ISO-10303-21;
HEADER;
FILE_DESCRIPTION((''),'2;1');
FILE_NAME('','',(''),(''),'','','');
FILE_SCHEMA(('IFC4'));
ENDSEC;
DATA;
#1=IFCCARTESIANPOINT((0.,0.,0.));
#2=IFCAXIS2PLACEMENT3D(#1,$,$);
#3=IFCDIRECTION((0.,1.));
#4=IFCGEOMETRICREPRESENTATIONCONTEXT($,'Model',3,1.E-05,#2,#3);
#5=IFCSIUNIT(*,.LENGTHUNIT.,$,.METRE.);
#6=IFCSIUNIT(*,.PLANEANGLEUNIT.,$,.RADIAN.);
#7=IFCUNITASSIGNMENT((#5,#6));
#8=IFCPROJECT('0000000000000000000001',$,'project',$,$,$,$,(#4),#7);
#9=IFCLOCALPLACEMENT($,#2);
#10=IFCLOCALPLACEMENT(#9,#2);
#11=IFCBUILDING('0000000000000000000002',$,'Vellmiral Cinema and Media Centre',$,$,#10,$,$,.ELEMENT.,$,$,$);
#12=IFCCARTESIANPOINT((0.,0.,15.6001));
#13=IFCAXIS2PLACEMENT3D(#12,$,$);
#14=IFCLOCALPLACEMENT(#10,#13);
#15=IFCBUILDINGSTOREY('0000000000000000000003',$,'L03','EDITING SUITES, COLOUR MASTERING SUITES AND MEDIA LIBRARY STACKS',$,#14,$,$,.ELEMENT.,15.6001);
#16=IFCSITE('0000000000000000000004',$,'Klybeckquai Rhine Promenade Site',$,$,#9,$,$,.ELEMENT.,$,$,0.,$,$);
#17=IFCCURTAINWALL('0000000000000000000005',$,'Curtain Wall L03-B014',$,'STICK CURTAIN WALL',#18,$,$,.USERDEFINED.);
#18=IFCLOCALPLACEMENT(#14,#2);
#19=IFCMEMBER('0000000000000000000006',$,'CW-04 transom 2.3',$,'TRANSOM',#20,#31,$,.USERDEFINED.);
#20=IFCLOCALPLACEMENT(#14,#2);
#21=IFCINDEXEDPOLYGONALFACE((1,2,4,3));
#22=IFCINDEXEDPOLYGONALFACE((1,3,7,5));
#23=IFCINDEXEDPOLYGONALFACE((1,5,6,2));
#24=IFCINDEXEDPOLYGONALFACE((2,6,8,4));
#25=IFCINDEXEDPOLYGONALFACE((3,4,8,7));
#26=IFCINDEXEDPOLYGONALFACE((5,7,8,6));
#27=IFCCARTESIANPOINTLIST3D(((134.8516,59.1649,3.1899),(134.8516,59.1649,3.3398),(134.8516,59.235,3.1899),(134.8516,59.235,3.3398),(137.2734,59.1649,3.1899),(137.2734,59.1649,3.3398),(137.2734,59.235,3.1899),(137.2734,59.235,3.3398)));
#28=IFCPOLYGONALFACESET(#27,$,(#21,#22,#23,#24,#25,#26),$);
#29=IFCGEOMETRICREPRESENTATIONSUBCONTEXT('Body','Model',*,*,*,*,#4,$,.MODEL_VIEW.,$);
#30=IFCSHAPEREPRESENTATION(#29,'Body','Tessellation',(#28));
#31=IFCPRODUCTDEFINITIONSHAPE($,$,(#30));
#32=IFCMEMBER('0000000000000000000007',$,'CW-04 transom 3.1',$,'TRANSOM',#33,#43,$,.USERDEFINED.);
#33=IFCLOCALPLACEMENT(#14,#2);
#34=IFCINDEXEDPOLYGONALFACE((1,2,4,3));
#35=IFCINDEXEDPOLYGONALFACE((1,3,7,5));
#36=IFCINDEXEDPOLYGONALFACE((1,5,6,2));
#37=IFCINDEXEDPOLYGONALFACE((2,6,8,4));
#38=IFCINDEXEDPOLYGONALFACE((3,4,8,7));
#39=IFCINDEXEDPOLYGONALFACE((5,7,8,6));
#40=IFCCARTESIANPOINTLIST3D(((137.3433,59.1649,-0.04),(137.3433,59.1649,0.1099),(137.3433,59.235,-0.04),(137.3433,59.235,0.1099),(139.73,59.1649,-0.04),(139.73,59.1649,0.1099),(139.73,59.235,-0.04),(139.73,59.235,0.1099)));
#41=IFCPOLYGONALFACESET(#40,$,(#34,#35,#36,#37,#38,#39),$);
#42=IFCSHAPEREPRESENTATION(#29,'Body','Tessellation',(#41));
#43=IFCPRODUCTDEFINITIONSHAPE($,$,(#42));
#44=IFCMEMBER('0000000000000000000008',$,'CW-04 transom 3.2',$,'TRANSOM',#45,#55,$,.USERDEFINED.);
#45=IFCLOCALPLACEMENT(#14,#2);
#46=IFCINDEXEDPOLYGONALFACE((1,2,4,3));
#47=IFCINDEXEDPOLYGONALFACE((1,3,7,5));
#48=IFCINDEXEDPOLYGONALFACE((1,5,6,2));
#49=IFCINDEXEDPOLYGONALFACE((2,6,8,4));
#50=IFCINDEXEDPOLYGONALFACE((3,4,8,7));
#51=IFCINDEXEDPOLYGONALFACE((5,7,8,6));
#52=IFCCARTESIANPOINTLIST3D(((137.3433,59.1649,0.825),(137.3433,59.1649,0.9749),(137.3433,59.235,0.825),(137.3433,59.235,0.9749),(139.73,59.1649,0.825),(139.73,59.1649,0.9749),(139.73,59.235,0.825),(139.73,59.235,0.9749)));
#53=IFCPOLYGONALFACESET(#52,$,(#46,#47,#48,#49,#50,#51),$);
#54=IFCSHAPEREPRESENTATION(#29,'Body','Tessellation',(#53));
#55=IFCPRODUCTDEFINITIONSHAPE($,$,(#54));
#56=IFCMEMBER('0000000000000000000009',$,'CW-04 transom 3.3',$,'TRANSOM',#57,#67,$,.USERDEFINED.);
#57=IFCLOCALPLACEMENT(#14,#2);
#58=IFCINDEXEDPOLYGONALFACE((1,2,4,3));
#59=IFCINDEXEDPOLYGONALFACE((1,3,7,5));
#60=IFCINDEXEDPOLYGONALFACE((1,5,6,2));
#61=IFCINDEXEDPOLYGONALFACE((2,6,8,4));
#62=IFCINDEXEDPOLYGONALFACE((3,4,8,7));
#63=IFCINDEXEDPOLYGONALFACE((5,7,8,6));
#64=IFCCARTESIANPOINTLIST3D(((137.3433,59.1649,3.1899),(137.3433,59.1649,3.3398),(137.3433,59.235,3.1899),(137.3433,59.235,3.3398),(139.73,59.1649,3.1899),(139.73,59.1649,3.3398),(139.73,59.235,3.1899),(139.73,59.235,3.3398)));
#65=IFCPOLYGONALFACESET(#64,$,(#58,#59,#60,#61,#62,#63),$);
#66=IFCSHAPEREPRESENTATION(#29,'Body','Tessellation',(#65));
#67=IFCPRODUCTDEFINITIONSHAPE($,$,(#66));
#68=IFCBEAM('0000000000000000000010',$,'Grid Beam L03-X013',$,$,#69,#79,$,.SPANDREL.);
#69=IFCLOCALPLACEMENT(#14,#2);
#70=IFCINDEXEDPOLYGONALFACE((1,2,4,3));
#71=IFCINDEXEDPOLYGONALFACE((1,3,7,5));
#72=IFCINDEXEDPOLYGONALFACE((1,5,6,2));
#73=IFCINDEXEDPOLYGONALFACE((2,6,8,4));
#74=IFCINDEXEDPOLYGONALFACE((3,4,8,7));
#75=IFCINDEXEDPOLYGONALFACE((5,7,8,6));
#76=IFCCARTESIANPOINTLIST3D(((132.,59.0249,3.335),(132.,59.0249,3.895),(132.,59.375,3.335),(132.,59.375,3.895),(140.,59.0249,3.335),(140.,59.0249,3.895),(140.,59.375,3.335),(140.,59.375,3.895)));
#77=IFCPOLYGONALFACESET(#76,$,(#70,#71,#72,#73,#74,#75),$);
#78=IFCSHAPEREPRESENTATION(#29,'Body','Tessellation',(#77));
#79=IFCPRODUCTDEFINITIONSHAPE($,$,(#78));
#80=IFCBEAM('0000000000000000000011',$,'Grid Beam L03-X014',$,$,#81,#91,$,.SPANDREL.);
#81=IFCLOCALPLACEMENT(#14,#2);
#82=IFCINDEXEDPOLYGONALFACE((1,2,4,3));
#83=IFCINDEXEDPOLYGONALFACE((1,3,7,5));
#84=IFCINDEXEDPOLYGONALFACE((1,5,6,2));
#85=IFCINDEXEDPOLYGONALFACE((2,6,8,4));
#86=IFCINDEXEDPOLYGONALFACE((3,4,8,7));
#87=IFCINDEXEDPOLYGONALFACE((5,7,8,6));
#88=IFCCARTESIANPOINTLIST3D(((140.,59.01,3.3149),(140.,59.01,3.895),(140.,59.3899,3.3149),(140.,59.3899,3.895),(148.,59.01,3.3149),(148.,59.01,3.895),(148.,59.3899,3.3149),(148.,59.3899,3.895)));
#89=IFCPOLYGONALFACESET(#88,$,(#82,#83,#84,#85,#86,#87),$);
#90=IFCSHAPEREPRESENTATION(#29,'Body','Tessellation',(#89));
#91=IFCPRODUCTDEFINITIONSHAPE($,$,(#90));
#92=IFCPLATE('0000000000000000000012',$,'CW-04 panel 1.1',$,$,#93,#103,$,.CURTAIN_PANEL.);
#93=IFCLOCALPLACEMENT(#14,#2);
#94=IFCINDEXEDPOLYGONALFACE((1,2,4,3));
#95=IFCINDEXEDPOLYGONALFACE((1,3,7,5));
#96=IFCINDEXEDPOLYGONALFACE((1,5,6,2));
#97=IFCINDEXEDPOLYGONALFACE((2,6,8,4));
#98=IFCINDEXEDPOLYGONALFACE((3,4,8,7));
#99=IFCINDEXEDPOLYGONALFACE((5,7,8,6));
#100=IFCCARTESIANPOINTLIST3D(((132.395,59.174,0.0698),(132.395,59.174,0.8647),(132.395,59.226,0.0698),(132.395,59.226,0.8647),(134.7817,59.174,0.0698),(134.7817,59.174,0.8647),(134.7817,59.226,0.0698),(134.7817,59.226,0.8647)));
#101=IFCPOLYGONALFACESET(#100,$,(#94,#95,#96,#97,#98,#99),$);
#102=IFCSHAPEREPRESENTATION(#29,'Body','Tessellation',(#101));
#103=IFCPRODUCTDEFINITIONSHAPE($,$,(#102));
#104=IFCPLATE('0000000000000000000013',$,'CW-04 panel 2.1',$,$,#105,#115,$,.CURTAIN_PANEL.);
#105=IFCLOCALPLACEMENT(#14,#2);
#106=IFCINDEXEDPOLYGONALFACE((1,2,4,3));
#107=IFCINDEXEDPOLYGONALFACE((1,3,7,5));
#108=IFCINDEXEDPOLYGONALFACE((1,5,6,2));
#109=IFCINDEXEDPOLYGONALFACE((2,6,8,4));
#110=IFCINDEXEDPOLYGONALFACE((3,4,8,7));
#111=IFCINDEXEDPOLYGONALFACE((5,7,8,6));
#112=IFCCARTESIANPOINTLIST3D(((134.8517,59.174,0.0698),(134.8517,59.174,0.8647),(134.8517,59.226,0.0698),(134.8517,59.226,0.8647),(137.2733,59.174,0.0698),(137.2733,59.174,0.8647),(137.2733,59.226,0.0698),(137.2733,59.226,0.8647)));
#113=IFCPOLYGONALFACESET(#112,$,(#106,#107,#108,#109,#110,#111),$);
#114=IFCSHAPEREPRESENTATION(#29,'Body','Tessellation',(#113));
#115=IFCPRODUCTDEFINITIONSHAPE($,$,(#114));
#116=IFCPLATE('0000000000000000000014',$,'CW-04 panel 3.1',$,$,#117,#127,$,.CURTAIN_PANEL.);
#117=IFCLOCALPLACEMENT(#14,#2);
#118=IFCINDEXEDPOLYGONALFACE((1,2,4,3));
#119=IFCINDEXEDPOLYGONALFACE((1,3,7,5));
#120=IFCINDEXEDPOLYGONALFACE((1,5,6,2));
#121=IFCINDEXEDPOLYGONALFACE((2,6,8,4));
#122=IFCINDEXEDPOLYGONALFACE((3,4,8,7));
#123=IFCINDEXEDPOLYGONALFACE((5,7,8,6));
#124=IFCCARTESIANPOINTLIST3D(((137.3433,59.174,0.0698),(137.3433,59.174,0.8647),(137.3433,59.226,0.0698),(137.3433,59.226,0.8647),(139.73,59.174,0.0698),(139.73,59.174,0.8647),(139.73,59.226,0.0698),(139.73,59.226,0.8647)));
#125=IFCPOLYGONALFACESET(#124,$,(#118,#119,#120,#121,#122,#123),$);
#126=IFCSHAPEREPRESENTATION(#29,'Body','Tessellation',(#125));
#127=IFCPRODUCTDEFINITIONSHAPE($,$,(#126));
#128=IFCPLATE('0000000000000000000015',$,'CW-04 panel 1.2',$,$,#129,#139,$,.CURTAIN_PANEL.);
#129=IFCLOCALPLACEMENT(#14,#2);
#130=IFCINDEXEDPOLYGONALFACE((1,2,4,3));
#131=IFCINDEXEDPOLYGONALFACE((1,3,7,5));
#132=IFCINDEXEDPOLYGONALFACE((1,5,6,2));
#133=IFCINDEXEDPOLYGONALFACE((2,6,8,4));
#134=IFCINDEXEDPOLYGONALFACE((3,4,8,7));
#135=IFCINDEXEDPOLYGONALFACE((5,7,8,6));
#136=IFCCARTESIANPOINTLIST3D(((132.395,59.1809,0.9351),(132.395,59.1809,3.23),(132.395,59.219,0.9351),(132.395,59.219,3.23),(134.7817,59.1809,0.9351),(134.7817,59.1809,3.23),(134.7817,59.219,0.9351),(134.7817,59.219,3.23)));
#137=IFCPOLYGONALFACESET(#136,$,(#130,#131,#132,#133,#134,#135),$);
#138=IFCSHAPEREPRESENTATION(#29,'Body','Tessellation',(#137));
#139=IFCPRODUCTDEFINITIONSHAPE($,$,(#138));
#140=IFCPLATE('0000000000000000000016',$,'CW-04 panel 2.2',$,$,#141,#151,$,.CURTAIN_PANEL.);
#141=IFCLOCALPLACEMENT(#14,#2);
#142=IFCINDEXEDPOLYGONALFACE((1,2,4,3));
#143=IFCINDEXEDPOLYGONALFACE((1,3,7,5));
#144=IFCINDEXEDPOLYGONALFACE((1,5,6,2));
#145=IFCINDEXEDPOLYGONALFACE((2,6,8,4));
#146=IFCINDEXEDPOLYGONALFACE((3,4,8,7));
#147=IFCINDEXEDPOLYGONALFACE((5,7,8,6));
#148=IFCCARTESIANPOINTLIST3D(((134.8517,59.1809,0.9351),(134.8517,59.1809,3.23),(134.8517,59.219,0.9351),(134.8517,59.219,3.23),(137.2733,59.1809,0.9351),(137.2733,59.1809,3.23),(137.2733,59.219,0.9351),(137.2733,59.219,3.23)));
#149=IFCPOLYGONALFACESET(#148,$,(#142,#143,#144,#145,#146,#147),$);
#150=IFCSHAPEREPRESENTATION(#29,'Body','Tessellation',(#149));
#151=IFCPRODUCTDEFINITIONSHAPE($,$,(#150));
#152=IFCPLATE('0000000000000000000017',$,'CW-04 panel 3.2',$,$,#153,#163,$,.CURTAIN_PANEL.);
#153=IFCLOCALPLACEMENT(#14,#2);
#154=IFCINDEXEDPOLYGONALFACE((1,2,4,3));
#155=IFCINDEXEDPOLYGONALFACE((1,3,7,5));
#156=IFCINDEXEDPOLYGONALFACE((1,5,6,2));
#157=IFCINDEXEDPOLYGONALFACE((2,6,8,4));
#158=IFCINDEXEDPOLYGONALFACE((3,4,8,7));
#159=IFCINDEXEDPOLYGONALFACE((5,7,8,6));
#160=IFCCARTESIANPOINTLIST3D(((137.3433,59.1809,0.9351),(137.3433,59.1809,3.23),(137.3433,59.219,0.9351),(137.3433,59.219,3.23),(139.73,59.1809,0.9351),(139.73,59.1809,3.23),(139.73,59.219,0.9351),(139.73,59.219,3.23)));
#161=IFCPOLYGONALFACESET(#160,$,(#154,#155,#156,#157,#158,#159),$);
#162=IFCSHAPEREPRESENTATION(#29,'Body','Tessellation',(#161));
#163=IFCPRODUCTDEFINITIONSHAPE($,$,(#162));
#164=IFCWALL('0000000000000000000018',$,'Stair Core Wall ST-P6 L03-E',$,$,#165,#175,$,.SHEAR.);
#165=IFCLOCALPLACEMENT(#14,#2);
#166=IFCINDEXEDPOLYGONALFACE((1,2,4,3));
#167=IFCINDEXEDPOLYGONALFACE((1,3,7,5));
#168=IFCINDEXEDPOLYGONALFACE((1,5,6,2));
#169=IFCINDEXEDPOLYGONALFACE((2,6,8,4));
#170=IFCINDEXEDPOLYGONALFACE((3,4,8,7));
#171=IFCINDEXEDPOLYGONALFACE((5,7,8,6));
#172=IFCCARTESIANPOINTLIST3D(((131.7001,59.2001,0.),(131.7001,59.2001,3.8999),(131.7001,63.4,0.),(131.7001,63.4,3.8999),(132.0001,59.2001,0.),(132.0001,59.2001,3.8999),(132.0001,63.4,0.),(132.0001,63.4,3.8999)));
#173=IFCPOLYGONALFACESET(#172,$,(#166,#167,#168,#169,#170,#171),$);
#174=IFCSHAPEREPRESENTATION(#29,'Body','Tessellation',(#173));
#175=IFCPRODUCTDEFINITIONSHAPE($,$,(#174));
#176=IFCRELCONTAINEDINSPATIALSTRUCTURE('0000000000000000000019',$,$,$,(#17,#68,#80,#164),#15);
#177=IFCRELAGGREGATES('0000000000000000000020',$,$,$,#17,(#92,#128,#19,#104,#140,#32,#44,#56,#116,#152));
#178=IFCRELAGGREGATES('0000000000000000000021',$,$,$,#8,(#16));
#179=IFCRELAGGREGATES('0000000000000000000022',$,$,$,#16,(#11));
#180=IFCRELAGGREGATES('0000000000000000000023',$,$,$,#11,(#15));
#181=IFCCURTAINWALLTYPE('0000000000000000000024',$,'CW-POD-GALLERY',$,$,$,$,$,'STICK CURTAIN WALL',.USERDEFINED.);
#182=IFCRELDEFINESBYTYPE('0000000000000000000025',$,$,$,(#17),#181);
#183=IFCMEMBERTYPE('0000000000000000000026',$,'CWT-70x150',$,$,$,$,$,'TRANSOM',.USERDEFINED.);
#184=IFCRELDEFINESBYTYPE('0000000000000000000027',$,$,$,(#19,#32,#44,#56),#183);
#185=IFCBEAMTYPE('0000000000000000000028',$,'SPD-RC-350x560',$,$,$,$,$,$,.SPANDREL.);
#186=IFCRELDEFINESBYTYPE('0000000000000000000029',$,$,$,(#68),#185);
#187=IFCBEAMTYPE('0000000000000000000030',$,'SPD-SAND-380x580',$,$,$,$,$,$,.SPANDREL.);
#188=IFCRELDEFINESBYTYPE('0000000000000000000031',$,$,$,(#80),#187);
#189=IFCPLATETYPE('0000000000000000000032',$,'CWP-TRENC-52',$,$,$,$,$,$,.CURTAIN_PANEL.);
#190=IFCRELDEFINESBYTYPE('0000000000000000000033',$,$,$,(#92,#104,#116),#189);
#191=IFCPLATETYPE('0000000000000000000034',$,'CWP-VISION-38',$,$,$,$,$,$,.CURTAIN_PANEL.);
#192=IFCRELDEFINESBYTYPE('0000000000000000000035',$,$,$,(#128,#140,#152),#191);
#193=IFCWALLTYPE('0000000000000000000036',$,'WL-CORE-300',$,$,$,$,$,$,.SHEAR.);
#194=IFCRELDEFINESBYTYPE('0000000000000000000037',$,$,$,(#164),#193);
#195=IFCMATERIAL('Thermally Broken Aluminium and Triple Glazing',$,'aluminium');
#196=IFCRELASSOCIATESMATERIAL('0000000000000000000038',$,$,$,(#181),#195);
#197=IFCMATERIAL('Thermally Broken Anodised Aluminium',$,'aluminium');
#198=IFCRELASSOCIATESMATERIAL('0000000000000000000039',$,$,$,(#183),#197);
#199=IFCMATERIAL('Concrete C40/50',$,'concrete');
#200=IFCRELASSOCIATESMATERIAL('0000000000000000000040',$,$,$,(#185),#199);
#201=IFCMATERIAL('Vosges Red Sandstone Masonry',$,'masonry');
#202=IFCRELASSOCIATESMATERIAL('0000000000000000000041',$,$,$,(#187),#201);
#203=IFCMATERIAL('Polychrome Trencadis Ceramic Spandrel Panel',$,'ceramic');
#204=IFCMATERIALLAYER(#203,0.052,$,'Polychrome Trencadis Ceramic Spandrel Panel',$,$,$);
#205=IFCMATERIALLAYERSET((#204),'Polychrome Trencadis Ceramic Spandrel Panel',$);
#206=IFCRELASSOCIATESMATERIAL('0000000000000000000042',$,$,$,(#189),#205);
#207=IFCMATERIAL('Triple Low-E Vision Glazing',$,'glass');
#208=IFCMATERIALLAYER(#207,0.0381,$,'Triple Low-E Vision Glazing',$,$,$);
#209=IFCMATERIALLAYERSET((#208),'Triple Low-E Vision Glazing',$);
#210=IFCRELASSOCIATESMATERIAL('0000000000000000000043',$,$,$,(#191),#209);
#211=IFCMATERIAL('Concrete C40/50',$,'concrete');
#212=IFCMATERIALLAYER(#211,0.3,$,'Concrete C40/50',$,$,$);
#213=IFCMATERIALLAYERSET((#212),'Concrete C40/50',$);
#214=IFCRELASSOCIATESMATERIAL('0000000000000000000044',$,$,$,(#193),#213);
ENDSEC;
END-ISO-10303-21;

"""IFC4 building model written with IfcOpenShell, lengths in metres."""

from ifc_helpers import new_model, si_unit, direction, frame, frame_2d, origin, origin_2d, place, context, subcontext, project, spatial, rectangle, extrude, material, layer, layer_set, material_profile, profile_set, type_object, element, aggregate, save


model = new_model("IFC4")

# Units and contexts
model_context = context("Model", 3, precision=1e-05, world=origin(), true_north=direction((0.0, 1.0)))
body_context = subcontext(model_context, "Body", "Model", "MODEL_VIEW")
ifc_project = project(units=[si_unit("LENGTHUNIT", "METRE"), si_unit("PLANEANGLEUNIT", "RADIAN")], contexts=[model_context])

# Site, building, storey
site_placement = place(None, origin())
site = spatial("IfcSite", under=ifc_project, at=site_placement, Name="Klybeckquai Rhine Promenade Site", CompositionType="ELEMENT", RefElevation=0.0)
building_placement = place(site_placement, origin())
building = spatial("IfcBuilding", under=site, at=building_placement, Name="Vellmiral Cinema and Media Centre", CompositionType="ELEMENT")
storey_placement = place(building_placement, frame((0.0, 0.0, 15.6001)))
storey = spatial("IfcBuildingStorey", under=building, at=storey_placement, Name="L03", Description="EDITING SUITES, COLOUR MASTERING SUITES AND MEDIA LIBRARY STACKS", CompositionType="ELEMENT", Elevation=15.6001)

# Curtain wall, members
ifc_material_1 = material(Name="Thermally Broken Aluminium and Triple Glazing", Category="aluminium")
curtain_wall_type = type_object("IfcCurtainWallType", Name="CW-POD-GALLERY", ElementType="STICK CURTAIN WALL", PredefinedType="USERDEFINED", material=ifc_material_1)
curtain_wall_placement = place(storey_placement, origin())
curtain_wall = element("IfcCurtainWall", 1, at=curtain_wall_placement, inside=storey, type_object=curtain_wall_type, Name="Curtain Wall L03-B014", ObjectType="STICK CURTAIN WALL", PredefinedType="USERDEFINED")
ifc_material_2 = material(Name="Thermally Broken Anodised Aluminium", Category="aluminium")
ifc_material_profile_1 = material_profile(ifc_material_2, rectangle(XDim=0.0701, YDim=0.1499, at=origin_2d()), Name="MULL 70x150")
ifc_profile_set_1 = profile_set([ifc_material_profile_1], Name="Thermally Broken Anodised Aluminium")
member_type_1 = type_object("IfcMemberType", Name="CWT-70x150", ElementType="TRANSOM", PredefinedType="USERDEFINED", material=ifc_profile_set_1)
member_1_placement = place(storey_placement, frame((134.8516, 59.2, 3.2649), z_axis=(1.0, 0.0, 0.0), x_axis=(0.0, 1.0, 0.0)))
member_1 = element("IfcMember", 2, at=member_1_placement, type_object=member_type_1, Name="CW-04 transom 2.3", ObjectType="TRANSOM", PredefinedType="USERDEFINED", context=body_context, shape_type="SweptSolid", body=[
    extrude(rectangle(XDim=0.0701, YDim=0.1499, at=origin_2d()), origin(), (0.0, 0.0, 1.0), 2.4219),
])
member_2_placement = place(storey_placement, frame((137.3433, 59.2, 0.0349), z_axis=(1.0, 0.0, 0.0), x_axis=(0.0, 1.0, 0.0)))
member_2 = element("IfcMember", 3, at=member_2_placement, type_object=member_type_1, Name="CW-04 transom 3.1", ObjectType="TRANSOM", PredefinedType="USERDEFINED", context=body_context, shape_type="SweptSolid", body=[
    extrude(rectangle(XDim=0.0701, YDim=0.1499, at=origin_2d()), origin(), (0.0, 0.0, 1.0), 2.3867),
])
member_3_placement = place(storey_placement, frame((137.3433, 59.2, 0.8999), z_axis=(1.0, 0.0, 0.0), x_axis=(0.0, 1.0, 0.0)))
member_3 = element("IfcMember", 4, at=member_3_placement, type_object=member_type_1, Name="CW-04 transom 3.2", ObjectType="TRANSOM", PredefinedType="USERDEFINED", context=body_context, shape_type="SweptSolid", body=[
    extrude(rectangle(XDim=0.0701, YDim=0.1499, at=origin_2d()), origin(), (0.0, 0.0, 1.0), 2.3867),
])
member_4_placement = place(storey_placement, frame((137.3433, 59.2, 3.2649), z_axis=(1.0, 0.0, 0.0), x_axis=(0.0, 1.0, 0.0)))
member_4 = element("IfcMember", 5, at=member_4_placement, type_object=member_type_1, Name="CW-04 transom 3.3", ObjectType="TRANSOM", PredefinedType="USERDEFINED", context=body_context, shape_type="SweptSolid", body=[
    extrude(rectangle(XDim=0.0701, YDim=0.1499, at=origin_2d()), origin(), (0.0, 0.0, 1.0), 2.3867),
])

# Beams
ifc_material_3 = material(Name="Concrete C40/50", Category="concrete")
ifc_material_profile_2 = material_profile(ifc_material_3, rectangle(XDim=0.3501, YDim=0.5601, at=origin_2d()), Name="RC 350x560")
ifc_profile_set_2 = profile_set([ifc_material_profile_2], Name="Concrete C40/50")
beam_type_1 = type_object("IfcBeamType", Name="SPD-RC-350x560", PredefinedType="SPANDREL", material=ifc_profile_set_2)
beam_1_placement = place(storey_placement, frame((132.0, 59.2, 3.615), z_axis=(1.0, 0.0, 0.0), x_axis=(0.0, 1.0, 0.0)))
element("IfcBeam", 6, at=beam_1_placement, inside=storey, type_object=beam_type_1, Name="Grid Beam L03-X013", PredefinedType="SPANDREL", context=body_context, shape_type="SweptSolid", body=[
    extrude(rectangle(XDim=0.3501, YDim=0.5601, at=origin_2d()), origin(), (0.0, 0.0, 1.0), 8.0),
])
ifc_material_4 = material(Name="Vosges Red Sandstone Masonry", Category="masonry")
ifc_material_profile_3 = material_profile(ifc_material_4, rectangle(XDim=0.3799, YDim=0.5801, at=origin_2d()), Name="SAND 380x580")
ifc_profile_set_3 = profile_set([ifc_material_profile_3], Name="Vosges Red Sandstone Masonry")
beam_type_2 = type_object("IfcBeamType", Name="SPD-SAND-380x580", PredefinedType="SPANDREL", material=ifc_profile_set_3)
beam_2_placement = place(storey_placement, frame((140.0, 59.2, 3.605), z_axis=(1.0, 0.0, 0.0), x_axis=(0.0, 1.0, 0.0)))
element("IfcBeam", 7, at=beam_2_placement, inside=storey, type_object=beam_type_2, Name="Grid Beam L03-X014", PredefinedType="SPANDREL", context=body_context, shape_type="SweptSolid", body=[
    extrude(rectangle(XDim=0.3799, YDim=0.5801, at=origin_2d()), origin(), (0.0, 0.0, 1.0), 8.0),
])

# Plates
ifc_material_5 = material(Name="Polychrome Trencadis Ceramic Spandrel Panel", Category="ceramic")
ifc_layer_1 = layer(ifc_material_5, 0.052, Name="Polychrome Trencadis Ceramic Spandrel Panel")
ifc_layer_set_1 = layer_set([ifc_layer_1], Name="Polychrome Trencadis Ceramic Spandrel Panel")
plate_type_1 = type_object("IfcPlateType", Name="CWP-TRENC-52", PredefinedType="CURTAIN_PANEL", material=ifc_layer_set_1)
plate_1_placement = place(storey_placement, frame((133.5884, 59.2, 0.0698), z_axis=(0.0, 0.0, 1.0), x_axis=(1.0, 0.0, 0.0)))
plate_1 = element("IfcPlate", 8, at=plate_1_placement, type_object=plate_type_1, Name="CW-04 panel 1.1", PredefinedType="CURTAIN_PANEL", context=body_context, shape_type="SweptSolid", body=[
    extrude(rectangle(XDim=2.3867, YDim=0.052, at=origin_2d()), origin(), (0.0, 0.0, 1.0), 0.7949),
])
plate_2_placement = place(storey_placement, frame((136.0625, 59.2, 0.0698), z_axis=(0.0, 0.0, 1.0), x_axis=(1.0, 0.0, 0.0)))
plate_2 = element("IfcPlate", 9, at=plate_2_placement, type_object=plate_type_1, Name="CW-04 panel 2.1", PredefinedType="CURTAIN_PANEL", context=body_context, shape_type="SweptSolid", body=[
    extrude(rectangle(XDim=2.4216, YDim=0.052, at=origin_2d()), origin(), (0.0, 0.0, 1.0), 0.7949),
])
plate_3_placement = place(storey_placement, frame((138.5366, 59.2, 0.0698), z_axis=(0.0, 0.0, 1.0), x_axis=(1.0, 0.0, 0.0)))
plate_3 = element("IfcPlate", 10, at=plate_3_placement, type_object=plate_type_1, Name="CW-04 panel 3.1", PredefinedType="CURTAIN_PANEL", context=body_context, shape_type="SweptSolid", body=[
    extrude(rectangle(XDim=2.3867, YDim=0.052, at=origin_2d()), origin(), (0.0, 0.0, 1.0), 0.7949),
])
ifc_material_6 = material(Name="Triple Low-E Vision Glazing", Category="glass")
ifc_layer_2 = layer(ifc_material_6, 0.0381, Name="Triple Low-E Vision Glazing")
ifc_layer_set_2 = layer_set([ifc_layer_2], Name="Triple Low-E Vision Glazing")
plate_type_2 = type_object("IfcPlateType", Name="CWP-VISION-38", PredefinedType="CURTAIN_PANEL", material=ifc_layer_set_2)
plate_4_placement = place(storey_placement, frame((133.5884, 59.2, 0.9351), z_axis=(0.0, 0.0, 1.0), x_axis=(1.0, 0.0, 0.0)))
plate_4 = element("IfcPlate", 11, at=plate_4_placement, type_object=plate_type_2, Name="CW-04 panel 1.2", PredefinedType="CURTAIN_PANEL", context=body_context, shape_type="SweptSolid", body=[
    extrude(rectangle(XDim=2.3867, YDim=0.0381, at=origin_2d()), origin(), (0.0, 0.0, 1.0), 2.2949),
])
plate_5_placement = place(storey_placement, frame((136.0625, 59.2, 0.9351), z_axis=(0.0, 0.0, 1.0), x_axis=(1.0, 0.0, 0.0)))
plate_5 = element("IfcPlate", 12, at=plate_5_placement, type_object=plate_type_2, Name="CW-04 panel 2.2", PredefinedType="CURTAIN_PANEL", context=body_context, shape_type="SweptSolid", body=[
    extrude(rectangle(XDim=2.4216, YDim=0.0381, at=origin_2d()), origin(), (0.0, 0.0, 1.0), 2.2949),
])
plate_6_placement = place(storey_placement, frame((138.5366, 59.2, 0.9351), z_axis=(0.0, 0.0, 1.0), x_axis=(1.0, 0.0, 0.0)))
plate_6 = element("IfcPlate", 13, at=plate_6_placement, type_object=plate_type_2, Name="CW-04 panel 3.2", PredefinedType="CURTAIN_PANEL", context=body_context, shape_type="SweptSolid", body=[
    extrude(rectangle(XDim=2.3867, YDim=0.0381, at=origin_2d()), origin(), (0.0, 0.0, 1.0), 2.2949),
])
aggregate(curtain_wall, [plate_1, plate_4, member_1, plate_2, plate_5, member_2, member_3, member_4, plate_3, plate_6])

# Wall
ifc_material_7 = material(Name="Concrete C40/50", Category="concrete")
ifc_layer_3 = layer(ifc_material_7, 0.3, Name="Concrete C40/50")
ifc_layer_set_3 = layer_set([ifc_layer_3], Name="Concrete C40/50")
wall_type = type_object("IfcWallType", Name="WL-CORE-300", PredefinedType="SHEAR", material=ifc_layer_set_3)
wall_placement = place(storey_placement, frame((131.8501, 59.2, 0.0), z_axis=(0.0, 0.0, 1.0), x_axis=(0.0, 1.0, 0.0)))
element("IfcWall", 14, at=wall_placement, inside=storey, type_object=wall_type, Name="Stair Core Wall ST-P6 L03-E", PredefinedType="SHEAR", context=body_context, shape_type="SweptSolid", body=[
    extrude(rectangle(XDim=4.2, YDim=0.3, at=frame_2d((2.1001, 0.0))), origin(), (0.0, 0.0, 1.0), 3.8999),
])

save(model, "model.ifc")
